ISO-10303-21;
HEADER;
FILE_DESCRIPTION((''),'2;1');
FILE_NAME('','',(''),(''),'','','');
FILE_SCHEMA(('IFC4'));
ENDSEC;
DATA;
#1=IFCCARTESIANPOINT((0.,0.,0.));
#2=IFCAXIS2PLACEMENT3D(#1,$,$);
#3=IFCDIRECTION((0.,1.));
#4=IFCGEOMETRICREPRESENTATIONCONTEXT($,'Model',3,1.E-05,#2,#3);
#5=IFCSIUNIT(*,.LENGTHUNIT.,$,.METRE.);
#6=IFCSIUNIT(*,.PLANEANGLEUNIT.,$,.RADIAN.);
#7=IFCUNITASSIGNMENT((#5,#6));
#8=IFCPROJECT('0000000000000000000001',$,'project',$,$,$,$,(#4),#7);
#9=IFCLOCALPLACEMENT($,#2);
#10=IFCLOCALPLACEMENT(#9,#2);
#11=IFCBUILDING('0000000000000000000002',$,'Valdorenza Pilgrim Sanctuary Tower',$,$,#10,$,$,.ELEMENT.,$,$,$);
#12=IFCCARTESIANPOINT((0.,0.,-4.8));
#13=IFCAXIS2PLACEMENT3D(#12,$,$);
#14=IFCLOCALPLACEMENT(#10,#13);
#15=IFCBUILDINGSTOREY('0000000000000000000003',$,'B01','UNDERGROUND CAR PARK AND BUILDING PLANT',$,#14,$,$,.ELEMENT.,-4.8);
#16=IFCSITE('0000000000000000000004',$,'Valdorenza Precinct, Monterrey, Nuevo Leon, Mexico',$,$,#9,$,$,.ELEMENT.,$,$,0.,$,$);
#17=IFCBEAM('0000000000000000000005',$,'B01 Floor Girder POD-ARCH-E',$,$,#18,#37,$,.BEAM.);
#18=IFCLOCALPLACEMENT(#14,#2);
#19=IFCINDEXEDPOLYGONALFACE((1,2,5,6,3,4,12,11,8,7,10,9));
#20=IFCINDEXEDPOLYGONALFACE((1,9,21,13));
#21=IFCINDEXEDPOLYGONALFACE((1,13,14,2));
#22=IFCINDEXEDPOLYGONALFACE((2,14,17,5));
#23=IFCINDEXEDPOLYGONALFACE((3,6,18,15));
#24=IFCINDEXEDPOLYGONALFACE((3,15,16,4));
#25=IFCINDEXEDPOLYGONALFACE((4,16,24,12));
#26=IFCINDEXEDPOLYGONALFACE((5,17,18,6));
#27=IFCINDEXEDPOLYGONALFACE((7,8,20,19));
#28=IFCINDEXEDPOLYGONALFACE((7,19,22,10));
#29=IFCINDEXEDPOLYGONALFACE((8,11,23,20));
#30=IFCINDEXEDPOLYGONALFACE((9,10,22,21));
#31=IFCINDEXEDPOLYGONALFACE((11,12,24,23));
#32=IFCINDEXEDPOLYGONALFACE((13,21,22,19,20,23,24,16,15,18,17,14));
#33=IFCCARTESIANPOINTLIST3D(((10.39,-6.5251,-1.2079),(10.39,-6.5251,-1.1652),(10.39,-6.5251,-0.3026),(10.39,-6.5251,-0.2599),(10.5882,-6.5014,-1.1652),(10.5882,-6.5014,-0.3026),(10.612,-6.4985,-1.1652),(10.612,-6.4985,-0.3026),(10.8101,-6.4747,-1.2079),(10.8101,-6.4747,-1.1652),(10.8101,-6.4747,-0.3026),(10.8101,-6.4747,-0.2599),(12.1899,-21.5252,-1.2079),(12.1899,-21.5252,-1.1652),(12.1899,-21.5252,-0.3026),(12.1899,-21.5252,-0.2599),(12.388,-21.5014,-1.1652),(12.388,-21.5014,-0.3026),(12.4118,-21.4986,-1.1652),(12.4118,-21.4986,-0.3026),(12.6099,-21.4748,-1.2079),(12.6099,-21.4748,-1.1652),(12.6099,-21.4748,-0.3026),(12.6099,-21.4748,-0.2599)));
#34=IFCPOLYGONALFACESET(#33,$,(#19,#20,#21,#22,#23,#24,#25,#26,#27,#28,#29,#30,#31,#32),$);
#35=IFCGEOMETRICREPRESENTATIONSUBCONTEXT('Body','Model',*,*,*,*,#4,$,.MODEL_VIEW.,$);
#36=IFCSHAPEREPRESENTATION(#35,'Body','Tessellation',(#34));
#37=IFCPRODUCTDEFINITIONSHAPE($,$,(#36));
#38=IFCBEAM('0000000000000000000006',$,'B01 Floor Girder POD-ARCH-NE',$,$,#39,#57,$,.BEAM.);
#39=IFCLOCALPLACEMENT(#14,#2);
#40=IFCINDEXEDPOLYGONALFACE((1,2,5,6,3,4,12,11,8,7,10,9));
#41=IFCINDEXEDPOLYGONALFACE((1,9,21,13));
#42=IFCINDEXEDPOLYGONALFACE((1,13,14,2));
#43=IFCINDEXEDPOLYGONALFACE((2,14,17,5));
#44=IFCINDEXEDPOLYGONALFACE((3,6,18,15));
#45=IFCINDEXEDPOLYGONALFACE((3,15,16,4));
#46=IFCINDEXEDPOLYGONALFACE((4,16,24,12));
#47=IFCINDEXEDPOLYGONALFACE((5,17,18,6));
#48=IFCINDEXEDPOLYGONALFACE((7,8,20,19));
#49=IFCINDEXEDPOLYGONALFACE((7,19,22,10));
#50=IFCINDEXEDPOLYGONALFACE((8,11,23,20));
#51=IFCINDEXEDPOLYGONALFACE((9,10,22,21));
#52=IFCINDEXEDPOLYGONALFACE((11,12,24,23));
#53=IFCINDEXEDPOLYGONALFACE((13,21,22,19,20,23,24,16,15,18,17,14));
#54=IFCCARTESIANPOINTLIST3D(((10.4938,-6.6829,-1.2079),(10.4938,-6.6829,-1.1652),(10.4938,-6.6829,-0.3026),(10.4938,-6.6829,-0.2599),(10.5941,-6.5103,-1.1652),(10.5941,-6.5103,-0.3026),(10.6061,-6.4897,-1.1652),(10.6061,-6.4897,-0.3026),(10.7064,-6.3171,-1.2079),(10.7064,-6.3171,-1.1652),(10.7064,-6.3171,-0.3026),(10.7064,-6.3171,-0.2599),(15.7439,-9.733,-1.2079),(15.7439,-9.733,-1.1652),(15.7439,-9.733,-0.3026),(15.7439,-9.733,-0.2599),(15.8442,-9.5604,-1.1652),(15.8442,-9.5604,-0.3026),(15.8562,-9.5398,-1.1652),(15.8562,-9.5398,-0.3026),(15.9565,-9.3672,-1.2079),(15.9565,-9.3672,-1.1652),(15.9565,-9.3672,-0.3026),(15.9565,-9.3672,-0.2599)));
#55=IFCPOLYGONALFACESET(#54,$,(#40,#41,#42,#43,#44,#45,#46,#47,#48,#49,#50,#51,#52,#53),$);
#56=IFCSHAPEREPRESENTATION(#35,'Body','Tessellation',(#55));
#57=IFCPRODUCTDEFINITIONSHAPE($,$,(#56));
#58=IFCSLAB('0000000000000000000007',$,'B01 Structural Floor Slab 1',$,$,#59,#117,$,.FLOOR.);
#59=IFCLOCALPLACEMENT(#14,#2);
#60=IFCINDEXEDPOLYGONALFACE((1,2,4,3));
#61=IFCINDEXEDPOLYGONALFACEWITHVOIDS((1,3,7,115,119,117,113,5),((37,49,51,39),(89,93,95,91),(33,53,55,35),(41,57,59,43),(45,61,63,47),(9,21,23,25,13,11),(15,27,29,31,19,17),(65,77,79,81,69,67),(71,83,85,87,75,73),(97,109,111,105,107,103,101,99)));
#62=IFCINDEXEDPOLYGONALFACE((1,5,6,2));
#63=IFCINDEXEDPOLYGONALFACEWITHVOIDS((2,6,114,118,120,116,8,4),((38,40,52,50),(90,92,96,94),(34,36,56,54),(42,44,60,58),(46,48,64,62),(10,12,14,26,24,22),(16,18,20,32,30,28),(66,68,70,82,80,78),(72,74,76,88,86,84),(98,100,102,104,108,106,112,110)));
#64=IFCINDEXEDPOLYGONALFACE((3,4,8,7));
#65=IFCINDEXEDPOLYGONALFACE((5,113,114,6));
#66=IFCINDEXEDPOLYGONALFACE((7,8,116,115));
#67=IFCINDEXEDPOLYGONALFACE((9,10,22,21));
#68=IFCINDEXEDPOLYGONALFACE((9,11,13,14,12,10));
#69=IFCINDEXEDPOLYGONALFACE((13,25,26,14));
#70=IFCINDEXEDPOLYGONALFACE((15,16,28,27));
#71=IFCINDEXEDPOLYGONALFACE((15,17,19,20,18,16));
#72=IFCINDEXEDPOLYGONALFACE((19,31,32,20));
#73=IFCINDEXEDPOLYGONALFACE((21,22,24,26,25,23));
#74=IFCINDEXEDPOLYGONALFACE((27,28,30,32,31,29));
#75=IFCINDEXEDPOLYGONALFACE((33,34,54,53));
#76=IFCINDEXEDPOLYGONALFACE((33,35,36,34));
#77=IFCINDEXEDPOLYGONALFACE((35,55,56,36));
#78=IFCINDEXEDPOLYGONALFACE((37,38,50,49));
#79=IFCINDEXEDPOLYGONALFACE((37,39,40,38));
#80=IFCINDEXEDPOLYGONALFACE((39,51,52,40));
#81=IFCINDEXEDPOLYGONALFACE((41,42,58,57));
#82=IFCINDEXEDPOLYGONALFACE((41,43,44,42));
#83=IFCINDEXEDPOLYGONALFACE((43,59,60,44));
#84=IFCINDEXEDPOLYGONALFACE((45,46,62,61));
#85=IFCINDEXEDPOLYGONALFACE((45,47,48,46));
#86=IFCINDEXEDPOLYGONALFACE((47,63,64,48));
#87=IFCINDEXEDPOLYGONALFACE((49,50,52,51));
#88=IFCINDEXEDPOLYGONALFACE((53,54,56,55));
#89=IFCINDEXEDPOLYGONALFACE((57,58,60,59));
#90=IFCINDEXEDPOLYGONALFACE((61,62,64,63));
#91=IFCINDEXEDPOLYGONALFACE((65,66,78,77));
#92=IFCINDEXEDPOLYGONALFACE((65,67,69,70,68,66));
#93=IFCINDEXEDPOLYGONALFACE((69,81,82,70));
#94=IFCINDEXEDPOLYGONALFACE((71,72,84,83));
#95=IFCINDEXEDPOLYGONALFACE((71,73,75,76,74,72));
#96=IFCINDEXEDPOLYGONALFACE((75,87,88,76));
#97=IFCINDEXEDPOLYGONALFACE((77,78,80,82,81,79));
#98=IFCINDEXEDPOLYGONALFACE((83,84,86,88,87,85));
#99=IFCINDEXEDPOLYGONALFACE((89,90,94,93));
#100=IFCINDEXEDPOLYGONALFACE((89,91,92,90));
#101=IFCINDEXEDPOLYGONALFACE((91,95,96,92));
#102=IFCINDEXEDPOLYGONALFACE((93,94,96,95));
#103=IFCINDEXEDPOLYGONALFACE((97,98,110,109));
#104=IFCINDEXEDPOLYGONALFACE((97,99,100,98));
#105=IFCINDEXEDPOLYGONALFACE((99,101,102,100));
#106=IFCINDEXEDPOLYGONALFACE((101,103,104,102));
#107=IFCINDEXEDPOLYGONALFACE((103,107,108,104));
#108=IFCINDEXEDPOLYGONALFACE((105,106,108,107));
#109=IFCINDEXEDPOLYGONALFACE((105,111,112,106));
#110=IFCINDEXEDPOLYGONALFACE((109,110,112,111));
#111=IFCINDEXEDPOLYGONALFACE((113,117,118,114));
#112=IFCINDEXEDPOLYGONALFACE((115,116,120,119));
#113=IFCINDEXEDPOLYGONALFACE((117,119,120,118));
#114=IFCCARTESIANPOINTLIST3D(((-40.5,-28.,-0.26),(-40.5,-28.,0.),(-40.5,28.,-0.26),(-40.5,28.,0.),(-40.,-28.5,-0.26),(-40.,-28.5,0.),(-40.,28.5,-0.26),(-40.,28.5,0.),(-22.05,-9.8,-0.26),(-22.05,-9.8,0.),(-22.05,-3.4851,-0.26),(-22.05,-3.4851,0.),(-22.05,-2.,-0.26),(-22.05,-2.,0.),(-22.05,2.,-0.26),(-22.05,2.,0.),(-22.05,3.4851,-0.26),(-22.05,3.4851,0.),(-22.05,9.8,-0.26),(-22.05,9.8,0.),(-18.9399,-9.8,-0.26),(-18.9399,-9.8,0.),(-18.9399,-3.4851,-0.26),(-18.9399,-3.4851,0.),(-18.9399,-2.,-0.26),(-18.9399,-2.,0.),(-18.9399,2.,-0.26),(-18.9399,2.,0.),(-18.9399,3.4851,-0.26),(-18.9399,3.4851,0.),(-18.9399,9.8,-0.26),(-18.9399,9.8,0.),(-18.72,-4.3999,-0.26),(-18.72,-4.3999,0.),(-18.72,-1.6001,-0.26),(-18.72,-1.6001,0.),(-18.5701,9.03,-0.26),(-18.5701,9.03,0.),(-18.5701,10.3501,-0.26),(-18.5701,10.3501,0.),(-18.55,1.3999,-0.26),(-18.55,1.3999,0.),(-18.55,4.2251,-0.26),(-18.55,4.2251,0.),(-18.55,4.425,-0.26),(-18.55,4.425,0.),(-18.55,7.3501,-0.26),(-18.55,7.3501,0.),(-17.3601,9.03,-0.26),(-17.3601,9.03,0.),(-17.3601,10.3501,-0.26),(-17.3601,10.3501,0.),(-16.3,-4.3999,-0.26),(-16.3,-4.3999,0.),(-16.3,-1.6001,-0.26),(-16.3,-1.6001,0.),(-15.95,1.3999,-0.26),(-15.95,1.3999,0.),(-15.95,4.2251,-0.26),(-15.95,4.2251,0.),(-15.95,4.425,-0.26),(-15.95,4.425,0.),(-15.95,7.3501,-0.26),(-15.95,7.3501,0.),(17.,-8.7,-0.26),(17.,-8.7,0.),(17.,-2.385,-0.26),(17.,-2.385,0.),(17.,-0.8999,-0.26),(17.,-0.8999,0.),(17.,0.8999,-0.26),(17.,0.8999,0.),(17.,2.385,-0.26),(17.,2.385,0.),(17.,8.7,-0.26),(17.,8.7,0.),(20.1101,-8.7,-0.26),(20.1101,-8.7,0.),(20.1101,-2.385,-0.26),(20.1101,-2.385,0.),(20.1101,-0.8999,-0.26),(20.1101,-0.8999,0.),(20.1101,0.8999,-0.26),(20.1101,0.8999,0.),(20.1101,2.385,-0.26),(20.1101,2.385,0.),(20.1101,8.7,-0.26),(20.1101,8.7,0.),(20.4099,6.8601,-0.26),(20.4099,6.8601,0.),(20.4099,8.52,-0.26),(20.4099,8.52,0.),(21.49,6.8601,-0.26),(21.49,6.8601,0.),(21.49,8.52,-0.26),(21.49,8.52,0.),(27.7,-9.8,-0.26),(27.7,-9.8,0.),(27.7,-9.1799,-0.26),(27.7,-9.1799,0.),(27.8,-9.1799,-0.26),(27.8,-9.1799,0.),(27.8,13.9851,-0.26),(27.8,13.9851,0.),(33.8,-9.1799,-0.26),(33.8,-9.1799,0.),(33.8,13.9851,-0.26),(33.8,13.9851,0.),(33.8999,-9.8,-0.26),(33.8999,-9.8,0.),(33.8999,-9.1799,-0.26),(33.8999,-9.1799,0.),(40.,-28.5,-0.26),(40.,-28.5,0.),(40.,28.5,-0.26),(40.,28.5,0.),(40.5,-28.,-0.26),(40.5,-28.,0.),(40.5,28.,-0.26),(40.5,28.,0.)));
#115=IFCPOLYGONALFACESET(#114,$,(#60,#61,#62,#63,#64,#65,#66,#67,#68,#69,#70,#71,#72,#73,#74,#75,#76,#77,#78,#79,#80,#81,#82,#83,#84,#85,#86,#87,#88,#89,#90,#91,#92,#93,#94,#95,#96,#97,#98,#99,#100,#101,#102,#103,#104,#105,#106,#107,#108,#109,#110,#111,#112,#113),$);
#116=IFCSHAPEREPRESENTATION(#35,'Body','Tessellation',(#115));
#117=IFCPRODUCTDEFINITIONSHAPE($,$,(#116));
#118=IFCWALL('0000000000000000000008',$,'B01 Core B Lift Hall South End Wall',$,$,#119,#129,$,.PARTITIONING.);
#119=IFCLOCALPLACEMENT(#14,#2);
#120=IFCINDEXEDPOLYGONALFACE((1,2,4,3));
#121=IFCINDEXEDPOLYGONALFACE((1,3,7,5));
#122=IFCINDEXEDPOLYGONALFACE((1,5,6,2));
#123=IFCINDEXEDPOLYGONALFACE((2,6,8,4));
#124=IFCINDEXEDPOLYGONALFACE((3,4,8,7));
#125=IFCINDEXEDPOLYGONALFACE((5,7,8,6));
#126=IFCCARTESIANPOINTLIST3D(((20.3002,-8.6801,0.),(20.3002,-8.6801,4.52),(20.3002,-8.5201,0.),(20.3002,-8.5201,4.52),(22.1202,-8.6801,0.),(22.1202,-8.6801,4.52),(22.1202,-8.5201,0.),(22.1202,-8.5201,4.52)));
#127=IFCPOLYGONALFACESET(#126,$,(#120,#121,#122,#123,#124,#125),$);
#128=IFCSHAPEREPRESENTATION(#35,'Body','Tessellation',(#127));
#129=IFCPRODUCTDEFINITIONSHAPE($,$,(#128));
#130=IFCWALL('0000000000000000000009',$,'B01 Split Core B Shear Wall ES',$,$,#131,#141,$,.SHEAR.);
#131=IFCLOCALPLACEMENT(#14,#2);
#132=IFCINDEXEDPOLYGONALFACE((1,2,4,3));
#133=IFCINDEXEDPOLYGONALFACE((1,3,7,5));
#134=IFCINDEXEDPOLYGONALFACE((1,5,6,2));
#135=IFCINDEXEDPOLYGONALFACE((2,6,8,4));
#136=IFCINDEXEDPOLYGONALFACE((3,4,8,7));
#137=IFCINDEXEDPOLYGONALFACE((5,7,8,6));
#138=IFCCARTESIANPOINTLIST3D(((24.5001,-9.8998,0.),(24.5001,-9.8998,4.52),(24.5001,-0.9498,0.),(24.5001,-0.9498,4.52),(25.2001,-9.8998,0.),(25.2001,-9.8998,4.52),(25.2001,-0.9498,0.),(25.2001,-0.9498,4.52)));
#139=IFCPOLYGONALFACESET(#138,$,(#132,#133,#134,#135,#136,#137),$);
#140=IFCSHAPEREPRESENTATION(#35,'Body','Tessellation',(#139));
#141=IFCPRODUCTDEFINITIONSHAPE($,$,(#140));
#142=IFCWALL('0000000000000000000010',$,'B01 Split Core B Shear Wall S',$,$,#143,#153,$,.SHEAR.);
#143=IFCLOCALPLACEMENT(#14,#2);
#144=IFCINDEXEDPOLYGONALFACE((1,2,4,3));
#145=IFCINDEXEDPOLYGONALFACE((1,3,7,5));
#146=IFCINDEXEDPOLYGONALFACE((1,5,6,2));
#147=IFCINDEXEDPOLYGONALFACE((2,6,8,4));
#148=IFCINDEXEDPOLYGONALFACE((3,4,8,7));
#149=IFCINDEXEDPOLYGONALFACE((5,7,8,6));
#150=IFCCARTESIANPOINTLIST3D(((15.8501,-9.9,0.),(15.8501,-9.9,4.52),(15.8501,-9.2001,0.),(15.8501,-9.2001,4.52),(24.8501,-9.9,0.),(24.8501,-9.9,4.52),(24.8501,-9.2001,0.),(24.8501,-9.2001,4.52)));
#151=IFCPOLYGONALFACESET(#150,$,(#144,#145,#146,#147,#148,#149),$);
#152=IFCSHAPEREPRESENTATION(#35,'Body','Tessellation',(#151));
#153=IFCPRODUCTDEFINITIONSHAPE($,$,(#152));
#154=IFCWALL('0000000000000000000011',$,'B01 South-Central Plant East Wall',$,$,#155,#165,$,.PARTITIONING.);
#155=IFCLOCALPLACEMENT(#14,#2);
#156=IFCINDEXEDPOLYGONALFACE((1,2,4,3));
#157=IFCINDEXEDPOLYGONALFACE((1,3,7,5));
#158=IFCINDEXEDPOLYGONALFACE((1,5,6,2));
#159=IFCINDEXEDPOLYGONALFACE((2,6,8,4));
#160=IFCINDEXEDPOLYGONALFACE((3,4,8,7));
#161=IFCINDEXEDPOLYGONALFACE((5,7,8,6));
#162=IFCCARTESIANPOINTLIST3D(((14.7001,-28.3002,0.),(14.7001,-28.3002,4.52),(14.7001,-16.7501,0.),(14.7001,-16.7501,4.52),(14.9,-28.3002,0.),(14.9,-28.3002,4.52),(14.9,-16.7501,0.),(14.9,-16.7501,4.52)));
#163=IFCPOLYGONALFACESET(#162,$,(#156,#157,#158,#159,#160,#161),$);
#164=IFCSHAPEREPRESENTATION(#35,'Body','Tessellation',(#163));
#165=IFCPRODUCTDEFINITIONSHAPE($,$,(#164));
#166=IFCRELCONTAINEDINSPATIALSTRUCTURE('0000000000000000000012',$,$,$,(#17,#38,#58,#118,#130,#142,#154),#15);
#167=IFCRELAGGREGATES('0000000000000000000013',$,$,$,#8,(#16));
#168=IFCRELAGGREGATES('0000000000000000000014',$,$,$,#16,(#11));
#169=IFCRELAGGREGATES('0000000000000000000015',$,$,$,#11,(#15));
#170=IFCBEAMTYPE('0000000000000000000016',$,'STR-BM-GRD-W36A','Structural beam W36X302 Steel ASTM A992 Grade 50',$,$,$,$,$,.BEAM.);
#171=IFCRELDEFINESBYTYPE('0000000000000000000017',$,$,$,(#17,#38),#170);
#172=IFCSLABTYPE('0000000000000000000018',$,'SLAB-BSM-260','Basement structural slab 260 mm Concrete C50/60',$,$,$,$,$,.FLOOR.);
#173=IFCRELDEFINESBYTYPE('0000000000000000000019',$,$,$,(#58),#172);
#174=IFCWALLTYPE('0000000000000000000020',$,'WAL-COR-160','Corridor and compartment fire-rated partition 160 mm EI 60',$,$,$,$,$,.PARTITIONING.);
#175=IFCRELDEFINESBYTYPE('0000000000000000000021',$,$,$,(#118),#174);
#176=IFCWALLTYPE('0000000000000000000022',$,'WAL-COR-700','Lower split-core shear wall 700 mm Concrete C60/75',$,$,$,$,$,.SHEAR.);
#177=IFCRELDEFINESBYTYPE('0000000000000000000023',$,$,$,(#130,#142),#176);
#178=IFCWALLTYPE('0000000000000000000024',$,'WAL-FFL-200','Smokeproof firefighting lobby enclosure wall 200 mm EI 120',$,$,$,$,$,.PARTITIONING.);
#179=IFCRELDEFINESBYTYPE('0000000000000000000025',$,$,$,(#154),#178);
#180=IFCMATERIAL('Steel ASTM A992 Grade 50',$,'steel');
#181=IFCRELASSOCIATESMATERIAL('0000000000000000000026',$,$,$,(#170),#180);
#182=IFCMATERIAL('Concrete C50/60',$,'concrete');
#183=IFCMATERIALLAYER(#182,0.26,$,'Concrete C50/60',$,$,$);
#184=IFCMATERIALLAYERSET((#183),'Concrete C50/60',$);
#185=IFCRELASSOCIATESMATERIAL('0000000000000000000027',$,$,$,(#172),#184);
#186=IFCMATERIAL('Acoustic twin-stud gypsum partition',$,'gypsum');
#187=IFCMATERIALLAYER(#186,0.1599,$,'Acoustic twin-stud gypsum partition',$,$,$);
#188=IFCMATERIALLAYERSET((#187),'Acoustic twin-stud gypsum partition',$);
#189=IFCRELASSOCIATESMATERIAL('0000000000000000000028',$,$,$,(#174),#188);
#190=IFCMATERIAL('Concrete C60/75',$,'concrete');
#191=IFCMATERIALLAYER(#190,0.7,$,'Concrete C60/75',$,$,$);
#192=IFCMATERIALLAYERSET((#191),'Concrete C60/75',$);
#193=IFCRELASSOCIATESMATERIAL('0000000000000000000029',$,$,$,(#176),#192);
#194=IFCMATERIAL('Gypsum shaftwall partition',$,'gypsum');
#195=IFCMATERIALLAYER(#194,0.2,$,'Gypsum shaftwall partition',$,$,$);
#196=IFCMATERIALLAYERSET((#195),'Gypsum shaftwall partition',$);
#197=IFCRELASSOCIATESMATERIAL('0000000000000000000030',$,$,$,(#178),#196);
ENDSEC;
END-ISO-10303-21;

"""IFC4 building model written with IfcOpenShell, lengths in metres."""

from ifc_helpers import new_model, si_unit, direction, frame, frame_2d, origin, origin_2d, place, context, subcontext, project, spatial, polyline, rectangle, i_section, outline, extrude, source, transform, mapped, material, layer, layer_set, material_profile, profile_set, type_object, element, save


model = new_model("IFC4")

# Units and contexts
model_context = context("Model", 3, precision=1e-05, world=origin(), true_north=direction((0.0, 1.0)))
body_context = subcontext(model_context, "Body", "Model", "MODEL_VIEW")
ifc_project = project(units=[si_unit("LENGTHUNIT", "METRE"), si_unit("PLANEANGLEUNIT", "RADIAN")], contexts=[model_context])

# Site, building, storey
site_placement = place(None, origin())
site = spatial("IfcSite", under=ifc_project, at=site_placement, Name="Valdorenza Precinct, Monterrey, Nuevo Leon, Mexico", CompositionType="ELEMENT", RefElevation=0.0)
building_placement = place(site_placement, origin())
building = spatial("IfcBuilding", under=site, at=building_placement, Name="Valdorenza Pilgrim Sanctuary Tower", CompositionType="ELEMENT")
storey_placement = place(building_placement, frame((0.0, 0.0, -4.8)))
storey = spatial("IfcBuildingStorey", under=building, at=storey_placement, Name="B01", Description="UNDERGROUND CAR PARK AND BUILDING PLANT", CompositionType="ELEMENT", Elevation=-4.8)

# Shared definitions
ifc_material_1 = material(Name="Concrete C60/75", Category="concrete")

# Beams
ifc_material_2 = material(Name="Steel ASTM A992 Grade 50", Category="steel")
ifc_material_profile_1 = material_profile(ifc_material_2, i_section(OverallWidth=0.4231, OverallDepth=0.948, WebThickness=0.0239, FlangeThickness=0.0427, at=origin_2d()), Name="W36X302")
ifc_profile_set_1 = profile_set([ifc_material_profile_1], Name="Steel ASTM A992 Grade 50")
beam_type_1 = type_object("IfcBeamType", Name="STR-BM-GRD-W36A", Description="Structural beam W36X302 Steel ASTM A992 Grade 50", PredefinedType="BEAM", material=ifc_profile_set_1)
shared_shape_1 = source(origin(), body_context, "Body", "SweptSolid", [
    extrude(i_section(OverallWidth=0.4231, OverallDepth=0.948, WebThickness=0.0239, FlangeThickness=0.0427, at=origin_2d()), origin(), (0.0, 0.0, 1.0), 15.1077),
])
beam_1_placement = place(storey_placement, frame((12.3999, -21.5, -0.7339), z_axis=(-0.119132, 0.992878, 0.0), x_axis=(-0.992878, -0.119132, 0.0)))
element("IfcBeam", 1, at=beam_1_placement, inside=storey, type_object=beam_type_1, Name="B01 Floor Girder POD-ARCH-E", PredefinedType="BEAM", context=body_context, shape_type="MappedRepresentation", body=[
    mapped(shared_shape_1, transform((0.0, 0.0, 0.0), x_axis=(1.0, 0.0, 0.0), y_axis=(0.0, 1.0, 0.0), z_axis=(0.0, 0.0, 1.0), scale=1.0)),
])
shared_shape_2 = source(origin(), body_context, "Body", "SweptSolid", [
    extrude(i_section(OverallWidth=0.4231, OverallDepth=0.948, WebThickness=0.0239, FlangeThickness=0.0427, at=origin_2d()), origin(), (0.0, 0.0, 1.0), 6.0718),
])
beam_2_placement = place(storey_placement, frame((10.6001, -6.5, -0.7339), z_axis=(0.86467, -0.50234, 0.0), x_axis=(0.50234, 0.86467, 0.0)))
element("IfcBeam", 2, at=beam_2_placement, inside=storey, type_object=beam_type_1, Name="B01 Floor Girder POD-ARCH-NE", PredefinedType="BEAM", context=body_context, shape_type="MappedRepresentation", body=[
    mapped(shared_shape_2, transform((0.0, 0.0, 0.0), x_axis=(1.0, 0.0, 0.0), y_axis=(0.0, 1.0, 0.0), z_axis=(0.0, 0.0, 1.0), scale=1.0)),
])

# Slab
ifc_material_3 = material(Name="Concrete C50/60", Category="concrete")
ifc_layer_1 = layer(ifc_material_3, 0.26, Name="Concrete C50/60")
ifc_layer_set_1 = layer_set([ifc_layer_1], Name="Concrete C50/60")
slab_type = type_object("IfcSlabType", Name="SLAB-BSM-260", Description="Basement structural slab 260 mm Concrete C50/60", PredefinedType="FLOOR", material=ifc_layer_set_1)
slab_placement = place(storey_placement, frame((0.0, 0.0, -0.26)))
element("IfcSlab", 3, at=slab_placement, inside=storey, type_object=slab_type, Name="B01 Structural Floor Slab 1", PredefinedType="FLOOR", context=body_context, shape_type="SweptSolid", body=[
    extrude(outline(polyline([(-40.5, 28.0), (-40.0, 28.5), (40.0, 28.5), (40.5, 28.0), (40.5, -28.0), (40.0, -28.5), (-40.0, -28.5), (-40.5, -28.0), (-40.5, 28.0)]), holes=[polyline([(-22.05, -9.8), (-18.9399, -9.8), (-18.9399, -3.4851), (-18.9399, -2.0), (-22.05, -2.0), (-22.05, -3.4851), (-22.05, -9.8)]), polyline([(-16.3, -4.3999), (-16.3, -1.6001), (-18.72, -1.6001), (-18.72, -4.3999), (-16.3, -4.3999)]), polyline([(-22.05, 2.0), (-18.9399, 2.0), (-18.9399, 3.4851), (-18.9399, 9.8), (-22.05, 9.8), (-22.05, 3.4851), (-22.05, 2.0)]), polyline([(-15.95, 1.3999), (-15.95, 4.2251), (-18.55, 4.2251), (-18.55, 1.3999), (-15.95, 1.3999)]), polyline([(-15.95, 4.425), (-15.95, 7.3501), (-18.55, 7.3501), (-18.55, 4.425), (-15.95, 4.425)]), polyline([(-17.3601, 9.03), (-17.3601, 10.3501), (-18.5701, 10.3501), (-18.5701, 9.03), (-17.3601, 9.03)]), polyline([(33.8999, -9.8), (33.8999, -9.1799), (33.8, -9.1799), (33.8, 13.9851), (27.8, 13.9851), (27.8, -9.1799), (27.7, -9.1799), (27.7, -9.8), (33.8999, -9.8)]), polyline([(17.0, -2.385), (17.0, -8.7), (20.1101, -8.7), (20.1101, -2.385), (20.1101, -0.8999), (17.0, -0.8999), (17.0, -2.385)]), polyline([(17.0, 0.8999), (20.1101, 0.8999), (20.1101, 2.385), (20.1101, 8.7), (17.0, 8.7), (17.0, 2.385), (17.0, 0.8999)]), polyline([(21.49, 6.8601), (21.49, 8.52), (20.4099, 8.52), (20.4099, 6.8601), (21.49, 6.8601)])]), origin(), (0.0, 0.0, 1.0), 0.26),
])

# Walls
ifc_material_4 = material(Name="Acoustic twin-stud gypsum partition", Category="gypsum")
ifc_layer_2 = layer(ifc_material_4, 0.1599, Name="Acoustic twin-stud gypsum partition")
ifc_layer_set_2 = layer_set([ifc_layer_2], Name="Acoustic twin-stud gypsum partition")
wall_type_1 = type_object("IfcWallType", Name="WAL-COR-160", Description="Corridor and compartment fire-rated partition 160 mm EI 60", PredefinedType="PARTITIONING", material=ifc_layer_set_2)
wall_1_placement = place(storey_placement, frame((20.3, -8.6001, 0.0), z_axis=(0.0, 0.0, 1.0), x_axis=(1.0, 0.0, 0.0)))
element("IfcWall", 4, at=wall_1_placement, inside=storey, type_object=wall_type_1, Name="B01 Core B Lift Hall South End Wall", PredefinedType="PARTITIONING", context=body_context, shape_type="SweptSolid", body=[
    extrude(rectangle(XDim=1.8201, YDim=0.1599, at=frame_2d((0.9102, 0.0))), origin(), (0.0, 0.0, 1.0), 4.52),
])
ifc_layer_3 = layer(ifc_material_1, 0.7, Name="Concrete C60/75")
ifc_layer_set_3 = layer_set([ifc_layer_3], Name="Concrete C60/75")
wall_type_2 = type_object("IfcWallType", Name="WAL-COR-700", Description="Lower split-core shear wall 700 mm Concrete C60/75", PredefinedType="SHEAR", material=ifc_layer_set_3)
wall_2_placement = place(storey_placement, frame((24.8501, -9.8999, 0.0), z_axis=(0.0, 0.0, 1.0), x_axis=(0.0, 1.0, 0.0)))
element("IfcWall", 5, at=wall_2_placement, inside=storey, type_object=wall_type_2, Name="B01 Split Core B Shear Wall ES", PredefinedType="SHEAR", context=body_context, shape_type="SweptSolid", body=[
    extrude(rectangle(XDim=8.95, YDim=0.7, at=frame_2d((4.4751, 0.0))), origin(), (0.0, 0.0, 1.0), 4.52),
])
wall_3_placement = place(storey_placement, frame((15.8501, -9.55, 0.0), z_axis=(0.0, 0.0, 1.0), x_axis=(1.0, 0.0, 0.0)))
element("IfcWall", 6, at=wall_3_placement, inside=storey, type_object=wall_type_2, Name="B01 Split Core B Shear Wall S", PredefinedType="SHEAR", context=body_context, shape_type="SweptSolid", body=[
    extrude(rectangle(XDim=9.0, YDim=0.7, at=frame_2d((4.5, 0.0))), origin(), (0.0, 0.0, 1.0), 4.52),
])

# Shared definitions
ifc_material_5 = material(Name="Gypsum shaftwall partition", Category="gypsum")
ifc_layer_4 = layer(ifc_material_5, 0.2, Name="Gypsum shaftwall partition")
ifc_layer_set_4 = layer_set([ifc_layer_4], Name="Gypsum shaftwall partition")
wall_type_3 = type_object("IfcWallType", Name="WAL-FFL-200", Description="Smokeproof firefighting lobby enclosure wall 200 mm EI 120", PredefinedType="PARTITIONING", material=ifc_layer_set_4)

# Wall
wall_4_placement = place(storey_placement, frame((14.8, -28.3, 0.0), z_axis=(0.0, 0.0, 1.0), x_axis=(0.0, 1.0, 0.0)))
element("IfcWall", 7, at=wall_4_placement, inside=storey, type_object=wall_type_3, Name="B01 South-Central Plant East Wall", PredefinedType="PARTITIONING", context=body_context, shape_type="SweptSolid", body=[
    extrude(rectangle(XDim=11.55, YDim=0.2, at=frame_2d((5.7749, 0.0))), origin(), (0.0, 0.0, 1.0), 4.52),
])

save(model, "model.ifc")
